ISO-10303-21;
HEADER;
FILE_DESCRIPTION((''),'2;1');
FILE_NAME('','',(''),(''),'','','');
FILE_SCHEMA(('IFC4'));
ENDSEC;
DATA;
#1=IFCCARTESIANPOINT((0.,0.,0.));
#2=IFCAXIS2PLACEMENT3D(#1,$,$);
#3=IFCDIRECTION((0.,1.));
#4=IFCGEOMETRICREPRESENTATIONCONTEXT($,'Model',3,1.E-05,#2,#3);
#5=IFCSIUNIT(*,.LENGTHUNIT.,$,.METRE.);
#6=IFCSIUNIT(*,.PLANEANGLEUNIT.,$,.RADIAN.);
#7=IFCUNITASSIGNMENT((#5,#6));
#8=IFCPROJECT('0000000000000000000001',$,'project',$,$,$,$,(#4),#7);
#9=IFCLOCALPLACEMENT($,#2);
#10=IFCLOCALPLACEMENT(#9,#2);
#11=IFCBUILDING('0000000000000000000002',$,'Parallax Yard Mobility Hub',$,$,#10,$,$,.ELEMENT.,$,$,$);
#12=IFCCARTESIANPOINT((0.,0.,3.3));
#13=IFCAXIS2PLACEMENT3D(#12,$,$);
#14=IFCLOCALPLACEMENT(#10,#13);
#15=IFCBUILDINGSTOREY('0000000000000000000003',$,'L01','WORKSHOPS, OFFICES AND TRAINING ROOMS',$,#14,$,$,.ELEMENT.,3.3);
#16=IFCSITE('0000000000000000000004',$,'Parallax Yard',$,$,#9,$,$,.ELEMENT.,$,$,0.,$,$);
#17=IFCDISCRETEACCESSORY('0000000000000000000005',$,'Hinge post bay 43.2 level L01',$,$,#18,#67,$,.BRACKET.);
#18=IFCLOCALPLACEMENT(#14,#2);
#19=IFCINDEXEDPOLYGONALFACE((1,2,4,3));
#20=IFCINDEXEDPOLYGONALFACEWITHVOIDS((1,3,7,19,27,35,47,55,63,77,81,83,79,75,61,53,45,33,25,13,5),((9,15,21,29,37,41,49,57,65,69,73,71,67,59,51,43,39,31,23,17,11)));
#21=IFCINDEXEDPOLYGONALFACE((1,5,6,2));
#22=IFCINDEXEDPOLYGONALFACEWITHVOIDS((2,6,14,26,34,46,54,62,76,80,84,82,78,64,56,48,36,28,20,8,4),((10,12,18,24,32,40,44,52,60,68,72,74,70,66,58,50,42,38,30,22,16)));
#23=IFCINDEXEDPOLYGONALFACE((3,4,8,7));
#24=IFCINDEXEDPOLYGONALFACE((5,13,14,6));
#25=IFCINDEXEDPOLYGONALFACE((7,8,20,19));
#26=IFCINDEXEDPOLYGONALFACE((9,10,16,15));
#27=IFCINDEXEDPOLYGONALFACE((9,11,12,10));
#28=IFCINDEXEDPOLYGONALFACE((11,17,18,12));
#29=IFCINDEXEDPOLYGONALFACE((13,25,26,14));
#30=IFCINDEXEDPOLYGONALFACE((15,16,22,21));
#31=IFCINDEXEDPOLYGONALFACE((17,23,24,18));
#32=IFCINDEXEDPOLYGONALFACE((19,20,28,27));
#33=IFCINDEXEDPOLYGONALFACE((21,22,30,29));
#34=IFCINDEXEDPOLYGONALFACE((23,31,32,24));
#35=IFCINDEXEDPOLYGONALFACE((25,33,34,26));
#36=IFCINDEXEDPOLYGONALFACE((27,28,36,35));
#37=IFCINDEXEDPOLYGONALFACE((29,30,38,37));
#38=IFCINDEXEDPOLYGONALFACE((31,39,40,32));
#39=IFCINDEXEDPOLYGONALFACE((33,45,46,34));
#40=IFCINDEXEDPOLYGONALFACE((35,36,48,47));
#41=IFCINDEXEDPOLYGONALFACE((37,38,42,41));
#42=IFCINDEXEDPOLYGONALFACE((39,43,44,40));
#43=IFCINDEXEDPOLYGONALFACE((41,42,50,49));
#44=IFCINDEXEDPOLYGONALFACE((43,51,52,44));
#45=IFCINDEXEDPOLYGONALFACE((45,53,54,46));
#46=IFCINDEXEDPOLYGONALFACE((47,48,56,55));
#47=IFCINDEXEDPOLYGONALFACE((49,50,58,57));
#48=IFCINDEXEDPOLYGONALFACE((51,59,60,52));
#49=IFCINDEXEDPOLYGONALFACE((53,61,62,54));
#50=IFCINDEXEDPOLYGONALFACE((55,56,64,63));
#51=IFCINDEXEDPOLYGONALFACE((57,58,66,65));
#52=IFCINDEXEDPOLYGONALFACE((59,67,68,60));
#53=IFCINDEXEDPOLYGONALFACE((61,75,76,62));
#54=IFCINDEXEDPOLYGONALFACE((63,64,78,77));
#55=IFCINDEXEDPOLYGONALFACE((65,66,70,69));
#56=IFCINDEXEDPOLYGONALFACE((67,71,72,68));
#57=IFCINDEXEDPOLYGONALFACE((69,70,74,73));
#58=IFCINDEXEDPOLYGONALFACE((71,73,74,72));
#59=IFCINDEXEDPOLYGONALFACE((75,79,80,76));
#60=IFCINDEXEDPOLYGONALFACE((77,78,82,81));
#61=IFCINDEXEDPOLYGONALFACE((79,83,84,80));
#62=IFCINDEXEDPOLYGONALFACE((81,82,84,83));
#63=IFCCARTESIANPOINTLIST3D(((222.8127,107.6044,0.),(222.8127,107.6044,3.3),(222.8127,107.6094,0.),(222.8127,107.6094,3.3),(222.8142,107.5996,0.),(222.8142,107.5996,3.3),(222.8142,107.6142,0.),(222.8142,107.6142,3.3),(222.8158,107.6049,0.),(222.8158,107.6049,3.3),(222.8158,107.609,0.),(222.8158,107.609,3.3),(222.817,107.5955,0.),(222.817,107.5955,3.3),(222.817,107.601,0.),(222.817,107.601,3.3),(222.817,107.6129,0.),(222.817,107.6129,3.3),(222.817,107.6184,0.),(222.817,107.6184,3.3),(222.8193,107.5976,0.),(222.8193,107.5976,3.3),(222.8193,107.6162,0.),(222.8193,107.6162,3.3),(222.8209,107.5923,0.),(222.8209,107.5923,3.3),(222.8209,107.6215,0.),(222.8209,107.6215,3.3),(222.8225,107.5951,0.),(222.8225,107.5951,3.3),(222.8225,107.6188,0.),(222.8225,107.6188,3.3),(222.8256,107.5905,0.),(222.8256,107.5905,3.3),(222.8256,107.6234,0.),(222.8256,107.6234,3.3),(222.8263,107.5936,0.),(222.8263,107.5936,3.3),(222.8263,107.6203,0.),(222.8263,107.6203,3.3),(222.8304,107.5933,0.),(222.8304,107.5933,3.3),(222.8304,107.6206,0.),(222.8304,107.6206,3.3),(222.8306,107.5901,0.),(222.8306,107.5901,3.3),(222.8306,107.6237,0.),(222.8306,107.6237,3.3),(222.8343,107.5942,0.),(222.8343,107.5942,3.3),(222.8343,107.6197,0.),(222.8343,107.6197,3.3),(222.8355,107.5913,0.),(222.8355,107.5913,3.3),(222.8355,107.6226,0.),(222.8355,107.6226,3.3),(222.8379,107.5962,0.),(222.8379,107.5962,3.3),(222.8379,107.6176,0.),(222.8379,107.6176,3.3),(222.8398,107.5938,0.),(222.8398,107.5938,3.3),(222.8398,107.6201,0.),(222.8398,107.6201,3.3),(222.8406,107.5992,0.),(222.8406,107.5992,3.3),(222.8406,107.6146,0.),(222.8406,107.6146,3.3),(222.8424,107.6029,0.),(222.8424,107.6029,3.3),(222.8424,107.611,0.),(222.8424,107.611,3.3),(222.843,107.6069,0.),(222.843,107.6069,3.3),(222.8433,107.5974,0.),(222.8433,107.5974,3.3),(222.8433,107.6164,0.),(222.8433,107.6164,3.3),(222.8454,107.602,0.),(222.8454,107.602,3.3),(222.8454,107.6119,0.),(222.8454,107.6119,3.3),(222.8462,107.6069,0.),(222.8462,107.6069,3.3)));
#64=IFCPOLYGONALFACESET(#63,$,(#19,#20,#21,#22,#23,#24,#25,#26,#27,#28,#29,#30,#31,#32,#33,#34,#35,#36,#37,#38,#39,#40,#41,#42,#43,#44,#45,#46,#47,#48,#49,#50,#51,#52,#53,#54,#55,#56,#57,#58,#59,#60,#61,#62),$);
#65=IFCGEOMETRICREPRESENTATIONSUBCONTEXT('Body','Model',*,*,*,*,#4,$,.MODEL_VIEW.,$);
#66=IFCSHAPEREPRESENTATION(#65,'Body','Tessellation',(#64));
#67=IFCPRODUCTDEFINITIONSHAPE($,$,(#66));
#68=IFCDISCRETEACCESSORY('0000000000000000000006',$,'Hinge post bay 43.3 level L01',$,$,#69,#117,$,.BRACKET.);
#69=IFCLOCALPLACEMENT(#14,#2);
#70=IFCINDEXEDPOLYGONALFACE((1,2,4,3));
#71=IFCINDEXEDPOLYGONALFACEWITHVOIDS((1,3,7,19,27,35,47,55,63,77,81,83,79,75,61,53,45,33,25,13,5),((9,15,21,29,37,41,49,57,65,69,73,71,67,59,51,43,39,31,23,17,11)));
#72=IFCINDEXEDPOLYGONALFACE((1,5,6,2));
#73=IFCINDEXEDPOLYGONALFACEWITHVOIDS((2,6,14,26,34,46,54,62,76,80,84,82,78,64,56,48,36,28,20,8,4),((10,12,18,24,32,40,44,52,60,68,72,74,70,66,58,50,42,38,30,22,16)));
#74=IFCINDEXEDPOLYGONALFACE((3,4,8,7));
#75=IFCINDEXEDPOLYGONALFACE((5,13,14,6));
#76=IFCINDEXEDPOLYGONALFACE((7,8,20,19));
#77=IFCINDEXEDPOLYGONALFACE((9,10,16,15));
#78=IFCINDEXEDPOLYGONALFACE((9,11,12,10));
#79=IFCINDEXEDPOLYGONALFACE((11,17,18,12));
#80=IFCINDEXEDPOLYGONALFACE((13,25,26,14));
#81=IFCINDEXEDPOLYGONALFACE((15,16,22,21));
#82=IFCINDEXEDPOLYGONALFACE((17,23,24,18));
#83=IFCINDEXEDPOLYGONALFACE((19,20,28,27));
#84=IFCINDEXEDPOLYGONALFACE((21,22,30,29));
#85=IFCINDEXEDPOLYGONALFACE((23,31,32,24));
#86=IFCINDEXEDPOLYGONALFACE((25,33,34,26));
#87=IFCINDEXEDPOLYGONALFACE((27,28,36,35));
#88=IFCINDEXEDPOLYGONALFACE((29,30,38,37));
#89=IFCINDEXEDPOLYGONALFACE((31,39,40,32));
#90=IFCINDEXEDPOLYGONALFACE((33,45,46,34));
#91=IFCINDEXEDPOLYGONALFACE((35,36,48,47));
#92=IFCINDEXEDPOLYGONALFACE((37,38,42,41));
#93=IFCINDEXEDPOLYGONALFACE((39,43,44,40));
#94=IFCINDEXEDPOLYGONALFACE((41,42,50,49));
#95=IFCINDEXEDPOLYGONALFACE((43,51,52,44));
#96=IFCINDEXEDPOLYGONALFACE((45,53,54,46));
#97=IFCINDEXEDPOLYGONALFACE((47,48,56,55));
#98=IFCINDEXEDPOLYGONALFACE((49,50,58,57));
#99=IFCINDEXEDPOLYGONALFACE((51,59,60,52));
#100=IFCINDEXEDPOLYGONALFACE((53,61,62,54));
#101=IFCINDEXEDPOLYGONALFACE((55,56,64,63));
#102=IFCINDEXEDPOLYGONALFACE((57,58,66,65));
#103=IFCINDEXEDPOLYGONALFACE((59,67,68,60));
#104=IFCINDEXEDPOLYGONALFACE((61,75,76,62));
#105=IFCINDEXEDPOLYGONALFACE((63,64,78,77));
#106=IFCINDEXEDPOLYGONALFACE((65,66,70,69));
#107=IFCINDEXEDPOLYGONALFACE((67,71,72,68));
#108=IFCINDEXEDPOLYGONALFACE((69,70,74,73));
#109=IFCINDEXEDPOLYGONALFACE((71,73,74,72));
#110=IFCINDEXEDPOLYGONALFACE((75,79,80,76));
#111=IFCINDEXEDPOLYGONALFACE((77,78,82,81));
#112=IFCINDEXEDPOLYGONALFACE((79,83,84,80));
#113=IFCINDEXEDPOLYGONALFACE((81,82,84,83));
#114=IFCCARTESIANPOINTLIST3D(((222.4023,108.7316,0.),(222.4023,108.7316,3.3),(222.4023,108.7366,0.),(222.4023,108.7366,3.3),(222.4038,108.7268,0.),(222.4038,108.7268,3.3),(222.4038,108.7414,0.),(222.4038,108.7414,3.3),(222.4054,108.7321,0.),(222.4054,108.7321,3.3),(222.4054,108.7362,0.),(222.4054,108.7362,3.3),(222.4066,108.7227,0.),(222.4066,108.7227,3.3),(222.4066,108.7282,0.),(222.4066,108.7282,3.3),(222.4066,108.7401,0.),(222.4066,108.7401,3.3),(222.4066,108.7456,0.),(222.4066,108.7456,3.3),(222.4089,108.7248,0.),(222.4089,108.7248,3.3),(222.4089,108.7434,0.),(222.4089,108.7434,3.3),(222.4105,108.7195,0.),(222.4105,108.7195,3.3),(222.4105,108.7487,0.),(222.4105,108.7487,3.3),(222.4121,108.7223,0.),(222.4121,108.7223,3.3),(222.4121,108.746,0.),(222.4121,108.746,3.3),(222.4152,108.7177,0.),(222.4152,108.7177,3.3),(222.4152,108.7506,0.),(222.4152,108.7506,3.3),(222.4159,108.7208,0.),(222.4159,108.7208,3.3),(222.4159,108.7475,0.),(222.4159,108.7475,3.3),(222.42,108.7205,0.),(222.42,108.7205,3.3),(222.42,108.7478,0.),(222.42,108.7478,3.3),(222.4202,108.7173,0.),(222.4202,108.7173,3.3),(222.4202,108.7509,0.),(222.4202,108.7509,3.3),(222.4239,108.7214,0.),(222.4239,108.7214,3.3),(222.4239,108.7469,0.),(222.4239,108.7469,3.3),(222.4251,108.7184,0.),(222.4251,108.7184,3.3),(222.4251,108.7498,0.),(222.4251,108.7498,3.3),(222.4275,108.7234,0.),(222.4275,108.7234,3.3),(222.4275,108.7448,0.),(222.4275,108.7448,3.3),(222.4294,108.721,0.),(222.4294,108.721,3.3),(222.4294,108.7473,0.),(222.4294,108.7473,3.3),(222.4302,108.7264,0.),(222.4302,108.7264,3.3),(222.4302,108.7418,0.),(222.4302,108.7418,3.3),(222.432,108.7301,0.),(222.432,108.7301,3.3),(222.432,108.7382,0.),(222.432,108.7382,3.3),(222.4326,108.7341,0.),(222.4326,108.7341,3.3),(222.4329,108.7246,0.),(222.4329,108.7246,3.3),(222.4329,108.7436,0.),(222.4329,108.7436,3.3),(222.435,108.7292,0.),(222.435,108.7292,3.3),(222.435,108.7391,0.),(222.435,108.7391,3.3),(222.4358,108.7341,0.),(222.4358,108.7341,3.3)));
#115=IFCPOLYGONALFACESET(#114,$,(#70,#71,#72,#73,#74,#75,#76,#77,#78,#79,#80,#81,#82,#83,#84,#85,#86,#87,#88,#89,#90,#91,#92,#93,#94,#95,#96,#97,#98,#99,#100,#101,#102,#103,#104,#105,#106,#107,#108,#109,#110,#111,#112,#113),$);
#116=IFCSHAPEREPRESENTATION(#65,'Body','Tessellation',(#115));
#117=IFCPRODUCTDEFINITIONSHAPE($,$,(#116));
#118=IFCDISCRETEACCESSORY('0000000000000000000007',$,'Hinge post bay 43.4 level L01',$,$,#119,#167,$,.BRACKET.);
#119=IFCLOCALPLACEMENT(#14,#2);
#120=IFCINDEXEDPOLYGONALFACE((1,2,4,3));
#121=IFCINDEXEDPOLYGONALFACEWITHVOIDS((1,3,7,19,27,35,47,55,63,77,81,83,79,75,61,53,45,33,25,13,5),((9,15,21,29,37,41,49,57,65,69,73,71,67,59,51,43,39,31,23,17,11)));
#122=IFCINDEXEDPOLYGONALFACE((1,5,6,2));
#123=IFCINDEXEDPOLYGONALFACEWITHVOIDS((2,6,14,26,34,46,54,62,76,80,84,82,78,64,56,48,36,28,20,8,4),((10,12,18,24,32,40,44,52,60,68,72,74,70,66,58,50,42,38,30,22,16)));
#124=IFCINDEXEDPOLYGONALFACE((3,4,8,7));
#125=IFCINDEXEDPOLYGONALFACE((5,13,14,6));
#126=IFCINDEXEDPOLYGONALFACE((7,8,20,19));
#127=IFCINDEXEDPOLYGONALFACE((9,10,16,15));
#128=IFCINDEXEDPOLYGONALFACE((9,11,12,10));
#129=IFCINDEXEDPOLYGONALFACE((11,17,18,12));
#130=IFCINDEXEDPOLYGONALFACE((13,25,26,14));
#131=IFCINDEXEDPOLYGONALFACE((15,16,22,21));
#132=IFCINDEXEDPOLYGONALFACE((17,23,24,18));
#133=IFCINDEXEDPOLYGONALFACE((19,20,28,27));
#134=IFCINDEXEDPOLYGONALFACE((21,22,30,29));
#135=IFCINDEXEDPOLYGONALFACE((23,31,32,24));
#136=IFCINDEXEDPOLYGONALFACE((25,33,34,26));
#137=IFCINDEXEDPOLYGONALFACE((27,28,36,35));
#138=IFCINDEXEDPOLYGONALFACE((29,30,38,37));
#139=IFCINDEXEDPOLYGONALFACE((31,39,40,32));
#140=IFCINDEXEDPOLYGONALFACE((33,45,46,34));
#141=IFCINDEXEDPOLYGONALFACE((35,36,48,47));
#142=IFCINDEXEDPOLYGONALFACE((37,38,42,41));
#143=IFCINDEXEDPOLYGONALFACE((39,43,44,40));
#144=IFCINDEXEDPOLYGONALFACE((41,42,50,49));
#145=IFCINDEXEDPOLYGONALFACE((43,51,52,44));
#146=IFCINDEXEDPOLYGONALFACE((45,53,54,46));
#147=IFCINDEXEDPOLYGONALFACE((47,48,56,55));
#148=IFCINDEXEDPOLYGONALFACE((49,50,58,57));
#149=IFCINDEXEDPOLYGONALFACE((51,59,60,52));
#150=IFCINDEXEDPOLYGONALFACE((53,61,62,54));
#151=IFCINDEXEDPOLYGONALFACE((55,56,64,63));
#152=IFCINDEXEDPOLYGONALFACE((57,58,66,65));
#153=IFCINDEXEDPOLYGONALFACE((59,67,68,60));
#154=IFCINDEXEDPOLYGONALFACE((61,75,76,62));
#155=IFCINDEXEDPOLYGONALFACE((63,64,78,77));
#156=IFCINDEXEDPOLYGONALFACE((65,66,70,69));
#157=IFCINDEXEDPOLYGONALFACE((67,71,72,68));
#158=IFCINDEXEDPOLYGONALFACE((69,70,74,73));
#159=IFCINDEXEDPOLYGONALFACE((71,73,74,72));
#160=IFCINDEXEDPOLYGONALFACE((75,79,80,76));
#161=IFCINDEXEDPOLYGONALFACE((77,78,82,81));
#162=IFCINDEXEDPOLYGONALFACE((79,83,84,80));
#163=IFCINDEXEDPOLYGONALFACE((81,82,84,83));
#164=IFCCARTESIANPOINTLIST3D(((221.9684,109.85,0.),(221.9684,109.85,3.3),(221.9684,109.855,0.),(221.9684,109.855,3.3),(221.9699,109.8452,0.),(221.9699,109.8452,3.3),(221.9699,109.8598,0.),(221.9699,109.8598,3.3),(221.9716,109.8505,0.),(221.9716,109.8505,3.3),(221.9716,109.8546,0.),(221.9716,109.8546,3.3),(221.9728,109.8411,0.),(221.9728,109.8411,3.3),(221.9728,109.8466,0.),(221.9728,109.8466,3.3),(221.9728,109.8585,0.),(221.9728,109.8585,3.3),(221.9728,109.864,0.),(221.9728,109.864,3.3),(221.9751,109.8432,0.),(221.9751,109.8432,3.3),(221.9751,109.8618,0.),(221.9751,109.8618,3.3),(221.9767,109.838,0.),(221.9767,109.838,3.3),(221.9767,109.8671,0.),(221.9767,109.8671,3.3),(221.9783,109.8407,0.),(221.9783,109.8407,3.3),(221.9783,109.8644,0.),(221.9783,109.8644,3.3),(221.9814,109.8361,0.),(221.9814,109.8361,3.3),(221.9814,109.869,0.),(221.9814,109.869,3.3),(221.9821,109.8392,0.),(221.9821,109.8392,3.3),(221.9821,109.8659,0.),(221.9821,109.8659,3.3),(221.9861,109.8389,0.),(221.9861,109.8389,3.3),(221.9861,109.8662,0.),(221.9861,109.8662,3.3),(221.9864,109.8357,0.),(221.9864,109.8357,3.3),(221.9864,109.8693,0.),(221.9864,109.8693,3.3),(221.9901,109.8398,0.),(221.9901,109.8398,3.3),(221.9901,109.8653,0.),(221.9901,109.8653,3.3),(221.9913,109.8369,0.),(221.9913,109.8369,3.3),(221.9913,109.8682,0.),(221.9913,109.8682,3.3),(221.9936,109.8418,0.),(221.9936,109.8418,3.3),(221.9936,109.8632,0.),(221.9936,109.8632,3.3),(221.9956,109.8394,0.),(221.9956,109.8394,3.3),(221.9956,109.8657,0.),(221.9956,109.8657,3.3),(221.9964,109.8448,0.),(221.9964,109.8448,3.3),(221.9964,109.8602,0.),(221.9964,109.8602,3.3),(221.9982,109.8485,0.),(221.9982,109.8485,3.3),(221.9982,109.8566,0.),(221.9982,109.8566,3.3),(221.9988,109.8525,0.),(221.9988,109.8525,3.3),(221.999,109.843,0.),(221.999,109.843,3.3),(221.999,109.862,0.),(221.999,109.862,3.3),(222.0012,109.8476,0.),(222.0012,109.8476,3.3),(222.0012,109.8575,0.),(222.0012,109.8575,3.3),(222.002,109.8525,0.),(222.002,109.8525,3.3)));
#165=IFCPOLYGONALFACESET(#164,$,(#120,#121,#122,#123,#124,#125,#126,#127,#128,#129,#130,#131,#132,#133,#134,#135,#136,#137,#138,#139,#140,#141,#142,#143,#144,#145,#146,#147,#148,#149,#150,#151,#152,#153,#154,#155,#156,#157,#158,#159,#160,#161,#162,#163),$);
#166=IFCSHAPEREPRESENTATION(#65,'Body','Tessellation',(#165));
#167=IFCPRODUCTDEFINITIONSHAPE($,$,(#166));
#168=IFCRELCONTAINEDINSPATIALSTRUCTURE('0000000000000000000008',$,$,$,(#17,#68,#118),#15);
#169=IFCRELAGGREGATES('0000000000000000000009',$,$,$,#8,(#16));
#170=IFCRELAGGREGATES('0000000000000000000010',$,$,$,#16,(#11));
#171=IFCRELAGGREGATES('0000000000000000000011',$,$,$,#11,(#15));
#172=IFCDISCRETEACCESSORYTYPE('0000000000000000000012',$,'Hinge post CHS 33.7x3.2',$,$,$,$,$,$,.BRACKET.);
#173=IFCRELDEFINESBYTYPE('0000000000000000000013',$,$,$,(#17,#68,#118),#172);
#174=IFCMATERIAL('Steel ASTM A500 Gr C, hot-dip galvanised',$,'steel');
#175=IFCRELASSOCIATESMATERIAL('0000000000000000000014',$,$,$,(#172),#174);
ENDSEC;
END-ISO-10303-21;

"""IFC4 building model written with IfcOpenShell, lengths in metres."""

from ifc_helpers import new_model, si_unit, direction, frame, origin, origin_2d, place, context, subcontext, project, spatial, hollow_circle, extrude, material, material_profile, profile_set, type_object, element, save


model = new_model("IFC4")

# Units and contexts
model_context = context("Model", 3, precision=1e-05, world=origin(), true_north=direction((0.0, 1.0)))
body_context = subcontext(model_context, "Body", "Model", "MODEL_VIEW")
ifc_project = project(units=[si_unit("LENGTHUNIT", "METRE"), si_unit("PLANEANGLEUNIT", "RADIAN")], contexts=[model_context])

# Site, building, storey
site_placement = place(None, origin())
site = spatial("IfcSite", under=ifc_project, at=site_placement, Name="Parallax Yard", CompositionType="ELEMENT", RefElevation=0.0)
building_placement = place(site_placement, origin())
building = spatial("IfcBuilding", under=site, at=building_placement, Name="Parallax Yard Mobility Hub", CompositionType="ELEMENT")
storey_placement = place(building_placement, frame((0.0, 0.0, 3.3)))
storey = spatial("IfcBuildingStorey", under=building, at=storey_placement, Name="L01", Description="WORKSHOPS, OFFICES AND TRAINING ROOMS", CompositionType="ELEMENT", Elevation=3.3)

# Discrete accessories
ifc_material_1 = material(Name="Steel ASTM A500 Gr C, hot-dip galvanised", Category="steel")
ifc_material_profile_1 = material_profile(ifc_material_1, hollow_circle(Radius=0.0168, WallThickness=0.0032, at=origin_2d()), Name="CHS 33.7x3.2")
ifc_profile_set_1 = profile_set([ifc_material_profile_1], Name="Steel ASTM A500 Gr C, hot-dip galvanised")
discrete_accessory_type_1 = type_object("IfcDiscreteAccessoryType", Name="Hinge post CHS 33.7x3.2", PredefinedType="BRACKET", material=ifc_profile_set_1)
for number, where, z_axis, x_axis, name in (
    (1, (222.8293, 107.6069, 0.0), (0.0, 0.0, 1.0), (1.0, 0.0, 0.0), "Hinge post bay 43.2 level L01"),
    (2, (222.4189, 108.7341, 0.0), (0.0, 0.0, 1.0), (1.0, 0.0, 0.0), "Hinge post bay 43.3 level L01"),
    (3, (221.9851, 109.8525, 0.0), (0.0, 0.0, 1.0), (1.0, 0.0, 0.0), "Hinge post bay 43.4 level L01"),
):
    element("IfcDiscreteAccessory", number, at=place(storey_placement, frame(where, z_axis=z_axis, x_axis=x_axis)), inside=storey, type_object=discrete_accessory_type_1, Name=name, PredefinedType="BRACKET", context=body_context, shape_type="SweptSolid", body=[
        extrude(hollow_circle(Radius=0.0168, WallThickness=0.0032, at=origin_2d()), origin(), (0.0, 0.0, 1.0), 3.3),
    ])

save(model, "model.ifc")
